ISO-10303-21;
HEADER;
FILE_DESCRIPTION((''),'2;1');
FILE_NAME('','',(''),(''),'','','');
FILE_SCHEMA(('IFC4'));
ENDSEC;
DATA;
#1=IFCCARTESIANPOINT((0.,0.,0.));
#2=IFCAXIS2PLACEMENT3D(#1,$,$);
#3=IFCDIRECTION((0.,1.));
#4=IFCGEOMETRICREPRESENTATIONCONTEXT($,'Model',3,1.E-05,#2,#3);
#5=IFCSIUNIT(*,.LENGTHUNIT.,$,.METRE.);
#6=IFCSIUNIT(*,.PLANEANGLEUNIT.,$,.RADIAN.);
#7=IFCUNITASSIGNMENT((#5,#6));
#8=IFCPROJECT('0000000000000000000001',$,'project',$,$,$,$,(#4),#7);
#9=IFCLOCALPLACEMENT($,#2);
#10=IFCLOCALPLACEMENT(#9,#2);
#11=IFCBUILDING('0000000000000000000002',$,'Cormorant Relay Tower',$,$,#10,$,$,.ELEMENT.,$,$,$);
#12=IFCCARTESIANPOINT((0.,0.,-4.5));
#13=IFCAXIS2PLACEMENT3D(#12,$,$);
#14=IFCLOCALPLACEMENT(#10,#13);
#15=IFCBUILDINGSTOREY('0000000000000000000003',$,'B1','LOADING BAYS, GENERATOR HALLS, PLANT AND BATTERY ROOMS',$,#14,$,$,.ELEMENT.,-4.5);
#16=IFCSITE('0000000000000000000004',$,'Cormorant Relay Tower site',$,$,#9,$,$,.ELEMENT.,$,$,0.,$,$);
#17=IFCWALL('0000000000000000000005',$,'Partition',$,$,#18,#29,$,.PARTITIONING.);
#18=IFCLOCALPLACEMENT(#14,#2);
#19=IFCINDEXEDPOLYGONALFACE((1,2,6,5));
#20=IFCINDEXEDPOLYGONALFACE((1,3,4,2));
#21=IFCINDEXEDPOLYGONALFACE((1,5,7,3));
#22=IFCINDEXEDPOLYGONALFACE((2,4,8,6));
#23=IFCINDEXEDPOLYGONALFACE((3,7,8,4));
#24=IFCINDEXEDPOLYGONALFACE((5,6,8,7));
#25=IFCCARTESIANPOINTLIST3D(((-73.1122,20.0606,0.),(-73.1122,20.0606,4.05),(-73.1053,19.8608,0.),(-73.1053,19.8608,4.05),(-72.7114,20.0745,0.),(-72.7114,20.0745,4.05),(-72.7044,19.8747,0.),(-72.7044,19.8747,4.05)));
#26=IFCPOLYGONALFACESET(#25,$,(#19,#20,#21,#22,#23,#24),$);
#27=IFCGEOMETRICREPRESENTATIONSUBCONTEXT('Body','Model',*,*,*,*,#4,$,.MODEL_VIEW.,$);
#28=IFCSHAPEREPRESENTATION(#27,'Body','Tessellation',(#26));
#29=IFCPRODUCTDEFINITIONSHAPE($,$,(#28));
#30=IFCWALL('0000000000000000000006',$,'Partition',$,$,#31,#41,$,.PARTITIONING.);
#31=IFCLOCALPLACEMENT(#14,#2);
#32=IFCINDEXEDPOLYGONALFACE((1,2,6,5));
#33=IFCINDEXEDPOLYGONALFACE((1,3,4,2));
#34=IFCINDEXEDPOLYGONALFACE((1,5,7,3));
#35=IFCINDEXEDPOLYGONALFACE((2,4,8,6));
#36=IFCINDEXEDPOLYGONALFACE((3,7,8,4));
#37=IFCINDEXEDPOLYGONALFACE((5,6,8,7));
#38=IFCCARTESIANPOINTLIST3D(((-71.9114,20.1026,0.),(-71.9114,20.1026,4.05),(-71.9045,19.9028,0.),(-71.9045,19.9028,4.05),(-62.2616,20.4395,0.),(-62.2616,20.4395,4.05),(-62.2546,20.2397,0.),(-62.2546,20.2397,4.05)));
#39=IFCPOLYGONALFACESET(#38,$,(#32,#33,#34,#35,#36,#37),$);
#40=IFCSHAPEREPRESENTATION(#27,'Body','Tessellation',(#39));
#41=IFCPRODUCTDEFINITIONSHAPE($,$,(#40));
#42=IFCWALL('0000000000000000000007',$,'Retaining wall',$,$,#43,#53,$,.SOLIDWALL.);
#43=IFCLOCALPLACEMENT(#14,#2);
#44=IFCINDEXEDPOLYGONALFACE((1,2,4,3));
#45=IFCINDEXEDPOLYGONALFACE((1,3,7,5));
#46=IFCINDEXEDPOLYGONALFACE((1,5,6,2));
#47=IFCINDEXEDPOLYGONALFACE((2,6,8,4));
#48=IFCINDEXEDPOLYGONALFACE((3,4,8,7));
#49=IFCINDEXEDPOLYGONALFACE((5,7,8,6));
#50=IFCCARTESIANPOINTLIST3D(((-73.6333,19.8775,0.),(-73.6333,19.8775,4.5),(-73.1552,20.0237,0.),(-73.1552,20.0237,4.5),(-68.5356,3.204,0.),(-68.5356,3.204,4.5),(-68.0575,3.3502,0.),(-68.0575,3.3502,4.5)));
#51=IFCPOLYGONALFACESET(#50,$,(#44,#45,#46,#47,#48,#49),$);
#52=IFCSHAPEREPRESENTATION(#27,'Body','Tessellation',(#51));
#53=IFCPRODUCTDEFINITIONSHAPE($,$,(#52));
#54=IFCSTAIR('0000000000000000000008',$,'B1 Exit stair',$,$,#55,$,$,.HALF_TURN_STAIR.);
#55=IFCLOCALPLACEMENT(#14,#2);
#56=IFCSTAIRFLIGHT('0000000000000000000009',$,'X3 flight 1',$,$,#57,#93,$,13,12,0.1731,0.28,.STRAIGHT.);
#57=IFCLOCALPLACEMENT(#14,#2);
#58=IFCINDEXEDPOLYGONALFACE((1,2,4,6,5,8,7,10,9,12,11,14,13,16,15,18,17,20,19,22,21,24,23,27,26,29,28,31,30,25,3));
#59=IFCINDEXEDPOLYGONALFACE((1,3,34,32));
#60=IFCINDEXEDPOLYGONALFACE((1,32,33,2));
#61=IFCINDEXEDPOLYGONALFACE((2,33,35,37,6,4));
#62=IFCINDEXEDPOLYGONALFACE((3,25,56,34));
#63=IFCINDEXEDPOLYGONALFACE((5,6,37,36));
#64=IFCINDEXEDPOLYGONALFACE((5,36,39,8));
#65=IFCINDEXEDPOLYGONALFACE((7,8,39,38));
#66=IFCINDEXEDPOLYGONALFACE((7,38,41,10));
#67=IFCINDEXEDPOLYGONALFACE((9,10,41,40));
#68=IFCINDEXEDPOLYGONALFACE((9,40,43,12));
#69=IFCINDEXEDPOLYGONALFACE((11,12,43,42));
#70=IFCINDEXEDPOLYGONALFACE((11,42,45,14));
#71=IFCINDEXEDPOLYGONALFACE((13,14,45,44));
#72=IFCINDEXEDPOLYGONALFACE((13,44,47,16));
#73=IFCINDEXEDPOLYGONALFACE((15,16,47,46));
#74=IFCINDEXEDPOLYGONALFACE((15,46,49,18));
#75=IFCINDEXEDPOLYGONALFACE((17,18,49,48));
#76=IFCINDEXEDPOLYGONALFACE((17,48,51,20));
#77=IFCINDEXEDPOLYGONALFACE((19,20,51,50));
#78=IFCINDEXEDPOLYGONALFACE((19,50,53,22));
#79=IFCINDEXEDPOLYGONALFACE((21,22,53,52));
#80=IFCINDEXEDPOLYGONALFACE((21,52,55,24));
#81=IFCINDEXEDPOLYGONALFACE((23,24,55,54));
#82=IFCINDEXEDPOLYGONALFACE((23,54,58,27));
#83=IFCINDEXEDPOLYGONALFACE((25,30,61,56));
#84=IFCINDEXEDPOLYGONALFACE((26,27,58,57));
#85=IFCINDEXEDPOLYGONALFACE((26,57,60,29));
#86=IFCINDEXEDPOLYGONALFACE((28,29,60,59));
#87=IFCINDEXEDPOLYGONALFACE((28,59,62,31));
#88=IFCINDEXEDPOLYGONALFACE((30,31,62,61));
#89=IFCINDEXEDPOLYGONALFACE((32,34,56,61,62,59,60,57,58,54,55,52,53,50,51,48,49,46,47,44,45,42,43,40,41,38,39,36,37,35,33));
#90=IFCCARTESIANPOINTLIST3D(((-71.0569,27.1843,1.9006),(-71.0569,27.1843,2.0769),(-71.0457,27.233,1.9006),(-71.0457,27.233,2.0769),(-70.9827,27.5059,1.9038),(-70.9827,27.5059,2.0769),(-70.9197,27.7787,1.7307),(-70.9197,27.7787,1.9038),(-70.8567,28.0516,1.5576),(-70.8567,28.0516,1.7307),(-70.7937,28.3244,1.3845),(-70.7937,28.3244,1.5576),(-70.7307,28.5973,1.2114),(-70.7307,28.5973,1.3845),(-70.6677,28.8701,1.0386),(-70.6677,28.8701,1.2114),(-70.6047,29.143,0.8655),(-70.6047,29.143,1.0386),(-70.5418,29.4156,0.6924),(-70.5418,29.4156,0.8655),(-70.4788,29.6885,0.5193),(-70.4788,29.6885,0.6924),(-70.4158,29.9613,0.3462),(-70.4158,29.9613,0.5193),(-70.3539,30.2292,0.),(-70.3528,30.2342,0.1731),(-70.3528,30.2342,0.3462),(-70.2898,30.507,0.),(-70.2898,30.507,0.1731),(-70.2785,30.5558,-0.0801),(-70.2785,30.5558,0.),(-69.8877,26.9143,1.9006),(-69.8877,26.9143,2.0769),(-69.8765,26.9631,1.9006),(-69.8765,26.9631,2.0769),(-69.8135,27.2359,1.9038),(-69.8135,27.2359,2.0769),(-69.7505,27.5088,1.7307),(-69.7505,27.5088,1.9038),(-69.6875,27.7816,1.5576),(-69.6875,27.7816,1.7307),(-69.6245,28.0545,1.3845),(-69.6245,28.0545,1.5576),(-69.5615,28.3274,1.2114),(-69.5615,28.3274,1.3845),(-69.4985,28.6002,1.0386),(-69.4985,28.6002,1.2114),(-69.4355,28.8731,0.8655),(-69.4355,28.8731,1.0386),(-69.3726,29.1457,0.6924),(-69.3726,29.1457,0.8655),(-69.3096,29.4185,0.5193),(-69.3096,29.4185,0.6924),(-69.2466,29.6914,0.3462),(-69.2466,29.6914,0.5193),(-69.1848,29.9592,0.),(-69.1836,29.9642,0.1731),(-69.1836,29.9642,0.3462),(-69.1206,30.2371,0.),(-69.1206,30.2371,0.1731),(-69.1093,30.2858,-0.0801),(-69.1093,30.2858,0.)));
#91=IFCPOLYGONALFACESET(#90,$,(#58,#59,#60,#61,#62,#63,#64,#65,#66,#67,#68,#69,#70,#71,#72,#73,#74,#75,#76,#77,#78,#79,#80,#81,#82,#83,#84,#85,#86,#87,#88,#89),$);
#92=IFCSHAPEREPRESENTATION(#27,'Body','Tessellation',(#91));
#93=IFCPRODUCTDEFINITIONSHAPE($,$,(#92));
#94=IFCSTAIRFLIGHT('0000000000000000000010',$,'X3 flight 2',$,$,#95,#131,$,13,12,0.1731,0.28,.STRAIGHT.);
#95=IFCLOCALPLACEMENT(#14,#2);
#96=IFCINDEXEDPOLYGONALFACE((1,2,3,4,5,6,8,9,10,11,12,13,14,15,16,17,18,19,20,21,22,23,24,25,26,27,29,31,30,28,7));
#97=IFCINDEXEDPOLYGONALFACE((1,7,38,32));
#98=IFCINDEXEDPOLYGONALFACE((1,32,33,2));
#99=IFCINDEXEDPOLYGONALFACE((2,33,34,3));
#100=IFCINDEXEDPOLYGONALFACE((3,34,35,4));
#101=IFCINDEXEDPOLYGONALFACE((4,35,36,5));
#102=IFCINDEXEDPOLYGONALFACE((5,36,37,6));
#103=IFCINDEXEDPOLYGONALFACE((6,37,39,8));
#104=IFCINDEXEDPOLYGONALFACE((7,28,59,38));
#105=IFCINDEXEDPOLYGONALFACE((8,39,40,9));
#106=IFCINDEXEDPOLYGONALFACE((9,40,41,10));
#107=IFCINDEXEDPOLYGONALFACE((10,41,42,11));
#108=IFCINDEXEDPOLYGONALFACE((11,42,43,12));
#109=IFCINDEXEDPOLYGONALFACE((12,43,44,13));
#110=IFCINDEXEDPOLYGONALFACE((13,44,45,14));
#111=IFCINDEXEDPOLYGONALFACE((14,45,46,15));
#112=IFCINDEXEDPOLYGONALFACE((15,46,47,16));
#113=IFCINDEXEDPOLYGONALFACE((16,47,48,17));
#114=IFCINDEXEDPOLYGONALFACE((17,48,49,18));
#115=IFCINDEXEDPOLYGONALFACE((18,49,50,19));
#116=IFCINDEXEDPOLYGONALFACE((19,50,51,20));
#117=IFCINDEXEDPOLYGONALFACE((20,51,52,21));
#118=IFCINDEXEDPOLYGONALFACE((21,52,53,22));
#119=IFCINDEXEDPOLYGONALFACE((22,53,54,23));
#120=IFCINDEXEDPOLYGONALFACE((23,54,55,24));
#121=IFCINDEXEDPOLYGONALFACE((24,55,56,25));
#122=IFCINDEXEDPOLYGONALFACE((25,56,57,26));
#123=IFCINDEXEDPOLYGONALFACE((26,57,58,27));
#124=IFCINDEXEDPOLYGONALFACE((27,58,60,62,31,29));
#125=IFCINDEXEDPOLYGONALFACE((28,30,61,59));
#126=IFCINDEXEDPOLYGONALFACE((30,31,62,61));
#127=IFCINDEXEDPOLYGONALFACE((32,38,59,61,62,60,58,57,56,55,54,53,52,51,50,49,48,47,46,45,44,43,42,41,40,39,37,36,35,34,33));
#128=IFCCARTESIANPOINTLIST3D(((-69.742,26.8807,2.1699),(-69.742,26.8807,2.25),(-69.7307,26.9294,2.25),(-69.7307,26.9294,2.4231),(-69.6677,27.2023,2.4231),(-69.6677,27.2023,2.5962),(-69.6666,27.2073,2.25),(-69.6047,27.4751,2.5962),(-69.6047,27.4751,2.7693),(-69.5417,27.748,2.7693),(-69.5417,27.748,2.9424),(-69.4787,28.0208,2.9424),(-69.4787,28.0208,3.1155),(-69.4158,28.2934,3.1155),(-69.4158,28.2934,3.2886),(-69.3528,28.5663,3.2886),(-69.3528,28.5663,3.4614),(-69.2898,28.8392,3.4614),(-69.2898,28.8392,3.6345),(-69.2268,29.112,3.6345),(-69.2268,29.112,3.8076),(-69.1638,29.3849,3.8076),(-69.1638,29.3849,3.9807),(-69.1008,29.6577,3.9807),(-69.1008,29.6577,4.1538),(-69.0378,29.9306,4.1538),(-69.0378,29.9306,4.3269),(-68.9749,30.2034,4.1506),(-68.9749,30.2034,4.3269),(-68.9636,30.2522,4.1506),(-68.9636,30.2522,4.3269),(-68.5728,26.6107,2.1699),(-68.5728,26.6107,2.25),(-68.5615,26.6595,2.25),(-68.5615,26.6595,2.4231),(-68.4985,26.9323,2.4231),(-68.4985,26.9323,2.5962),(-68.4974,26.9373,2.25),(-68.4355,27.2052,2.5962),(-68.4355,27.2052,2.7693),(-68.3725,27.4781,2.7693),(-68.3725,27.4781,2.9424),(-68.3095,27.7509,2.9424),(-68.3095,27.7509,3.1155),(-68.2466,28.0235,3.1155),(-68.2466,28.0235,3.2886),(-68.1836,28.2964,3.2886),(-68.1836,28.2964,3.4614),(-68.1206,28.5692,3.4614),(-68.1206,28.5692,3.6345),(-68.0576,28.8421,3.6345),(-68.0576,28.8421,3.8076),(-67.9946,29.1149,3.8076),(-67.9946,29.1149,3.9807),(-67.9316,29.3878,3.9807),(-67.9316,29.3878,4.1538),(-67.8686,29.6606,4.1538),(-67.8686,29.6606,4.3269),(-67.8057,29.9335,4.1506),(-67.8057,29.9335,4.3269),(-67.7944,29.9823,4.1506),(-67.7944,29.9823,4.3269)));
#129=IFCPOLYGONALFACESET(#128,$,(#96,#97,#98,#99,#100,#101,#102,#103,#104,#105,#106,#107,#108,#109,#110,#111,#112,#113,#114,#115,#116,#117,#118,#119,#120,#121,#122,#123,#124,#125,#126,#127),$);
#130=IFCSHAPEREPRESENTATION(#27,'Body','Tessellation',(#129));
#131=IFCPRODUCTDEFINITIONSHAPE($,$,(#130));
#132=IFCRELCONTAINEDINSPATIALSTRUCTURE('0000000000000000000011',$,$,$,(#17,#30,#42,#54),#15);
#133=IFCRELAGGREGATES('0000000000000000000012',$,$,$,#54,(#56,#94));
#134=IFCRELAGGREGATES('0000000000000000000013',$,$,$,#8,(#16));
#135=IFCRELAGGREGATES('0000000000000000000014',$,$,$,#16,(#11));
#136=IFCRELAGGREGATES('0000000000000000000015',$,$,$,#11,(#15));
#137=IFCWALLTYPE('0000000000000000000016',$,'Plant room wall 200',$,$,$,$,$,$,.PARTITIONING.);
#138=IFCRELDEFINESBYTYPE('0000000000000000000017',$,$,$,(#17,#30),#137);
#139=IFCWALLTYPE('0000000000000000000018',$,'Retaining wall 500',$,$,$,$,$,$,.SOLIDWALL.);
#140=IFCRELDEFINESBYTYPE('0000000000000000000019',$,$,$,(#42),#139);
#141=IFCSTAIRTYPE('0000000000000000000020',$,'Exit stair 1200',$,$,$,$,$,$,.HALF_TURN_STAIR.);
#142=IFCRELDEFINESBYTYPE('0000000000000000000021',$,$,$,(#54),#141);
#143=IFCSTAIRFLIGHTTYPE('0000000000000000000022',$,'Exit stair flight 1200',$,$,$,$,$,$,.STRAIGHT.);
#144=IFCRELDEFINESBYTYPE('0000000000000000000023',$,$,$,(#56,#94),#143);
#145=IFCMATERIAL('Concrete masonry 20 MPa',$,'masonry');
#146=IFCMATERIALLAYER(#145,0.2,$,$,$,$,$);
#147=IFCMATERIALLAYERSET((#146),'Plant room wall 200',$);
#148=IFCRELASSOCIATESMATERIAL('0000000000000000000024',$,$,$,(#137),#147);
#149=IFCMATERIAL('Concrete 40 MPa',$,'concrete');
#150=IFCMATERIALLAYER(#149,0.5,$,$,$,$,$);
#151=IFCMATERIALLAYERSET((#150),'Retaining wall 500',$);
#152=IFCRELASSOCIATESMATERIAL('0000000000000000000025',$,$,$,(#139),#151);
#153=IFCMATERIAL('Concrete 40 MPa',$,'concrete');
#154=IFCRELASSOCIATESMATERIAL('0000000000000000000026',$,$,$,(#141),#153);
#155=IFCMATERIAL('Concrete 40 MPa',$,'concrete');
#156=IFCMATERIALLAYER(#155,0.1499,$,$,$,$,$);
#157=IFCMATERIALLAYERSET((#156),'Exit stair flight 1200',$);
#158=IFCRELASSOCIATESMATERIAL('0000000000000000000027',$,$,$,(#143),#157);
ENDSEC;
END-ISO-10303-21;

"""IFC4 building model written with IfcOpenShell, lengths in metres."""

from ifc_helpers import new_model, si_unit, direction, frame, frame_2d, origin, place, context, subcontext, project, spatial, polyline, rectangle, outline, extrude, material, layer, layer_set, type_object, element, aggregate, save


model = new_model("IFC4")

# Units and contexts
model_context = context("Model", 3, precision=1e-05, world=origin(), true_north=direction((0.0, 1.0)))
body_context = subcontext(model_context, "Body", "Model", "MODEL_VIEW")
ifc_project = project(units=[si_unit("LENGTHUNIT", "METRE"), si_unit("PLANEANGLEUNIT", "RADIAN")], contexts=[model_context])

# Site, building, storey
site_placement = place(None, origin())
site = spatial("IfcSite", under=ifc_project, at=site_placement, Name="Cormorant Relay Tower site", CompositionType="ELEMENT", RefElevation=0.0)
building_placement = place(site_placement, origin())
building = spatial("IfcBuilding", under=site, at=building_placement, Name="Cormorant Relay Tower", CompositionType="ELEMENT")
storey_placement = place(building_placement, frame((0.0, 0.0, -4.5)))
storey = spatial("IfcBuildingStorey", under=building, at=storey_placement, Name="B1", Description="LOADING BAYS, GENERATOR HALLS, PLANT AND BATTERY ROOMS", CompositionType="ELEMENT", Elevation=-4.5)

# Walls
ifc_material_1 = material(Name="Concrete masonry 20 MPa", Category="masonry")
ifc_layer_1 = layer(ifc_material_1, 0.2)
ifc_layer_set_1 = layer_set([ifc_layer_1], Name="Plant room wall 200")
wall_type_1 = type_object("IfcWallType", Name="Plant room wall 200", PredefinedType="PARTITIONING", material=ifc_layer_set_1)
wall_1_placement = place(storey_placement, frame((-73.1089, 19.9607, 0.0), z_axis=(0.0, 0.0, 1.0), x_axis=(0.999398, 0.034693, 0.0)))
element("IfcWall", 1, at=wall_1_placement, inside=storey, type_object=wall_type_1, Name="Partition", PredefinedType="PARTITIONING", context=body_context, shape_type="SweptSolid", body=[
    extrude(rectangle(XDim=0.4011, YDim=0.2, at=frame_2d((0.2007, 0.0))), origin(), (0.0, 0.0, 1.0), 4.05),
])
wall_2_placement = place(storey_placement, frame((-71.908, 20.0027, 0.0), z_axis=(0.0, 0.0, 1.0), x_axis=(0.999391, 0.034892, 0.0)))
element("IfcWall", 2, at=wall_2_placement, inside=storey, type_object=wall_type_1, Name="Partition", PredefinedType="PARTITIONING", context=body_context, shape_type="SweptSolid", body=[
    extrude(rectangle(XDim=9.6558, YDim=0.2, at=frame_2d((4.8279, 0.0))), origin(), (0.0, 0.0, 1.0), 4.05),
])
ifc_material_2 = material(Name="Concrete 40 MPa", Category="concrete")
ifc_layer_2 = layer(ifc_material_2, 0.5)
ifc_layer_set_2 = layer_set([ifc_layer_2], Name="Retaining wall 500")
wall_type_2 = type_object("IfcWallType", Name="Retaining wall 500", PredefinedType="SOLIDWALL", material=ifc_layer_set_2)
wall_3_placement = place(storey_placement, frame((-73.3943, 19.9507, 0.0), z_axis=(0.0, 0.0, 1.0), x_axis=(0.292377, -0.956303, 0.0)))
element("IfcWall", 3, at=wall_3_placement, inside=storey, type_object=wall_type_2, Name="Retaining wall", PredefinedType="SOLIDWALL", context=body_context, shape_type="SweptSolid", body=[
    extrude(rectangle(XDim=17.4353, YDim=0.5, at=frame_2d((8.7178, 0.0))), origin(), (0.0, 0.0, 1.0), 4.5),
])

# Stair, stair flights
ifc_material_3 = material(Name="Concrete 40 MPa", Category="concrete")
stair_type = type_object("IfcStairType", Name="Exit stair 1200", PredefinedType="HALF_TURN_STAIR", material=ifc_material_3)
stair_placement = place(storey_placement, origin())
stair = element("IfcStair", 4, at=stair_placement, inside=storey, type_object=stair_type, Name="B1 Exit stair", PredefinedType="HALF_TURN_STAIR")
ifc_material_4 = material(Name="Concrete 40 MPa", Category="concrete")
ifc_layer_3 = layer(ifc_material_4, 0.1499)
ifc_layer_set_3 = layer_set([ifc_layer_3], Name="Exit stair flight 1200")
stair_flight_type = type_object("IfcStairFlightType", Name="Exit stair flight 1200", PredefinedType="STRAIGHT", material=ifc_layer_set_3)
stair_flight_1_placement = place(storey_placement, frame((-69.7053, 30.3721, 0.0), z_axis=(0.0, 0.0, 1.0), x_axis=(-0.224951, -0.97437, 0.0)))
stair_flight_1 = element("IfcStairFlight", 5, at=stair_flight_1_placement, type_object=stair_flight_type, Name="X3 flight 1", NumberOfRisers=13, NumberOfTreads=12, PredefinedType="STRAIGHT", RiserHeight=0.1731, TreadLength=0.28, context=body_context, shape_type="SweptSolid", body=[
    extrude(outline(polyline([(-0.05, -0.0801), (-0.05, 0.0), (0.0, 0.0), (0.0, 0.1731), (0.28, 0.1731), (0.28, 0.3462), (0.5601, 0.3462), (0.5601, 0.5193), (0.8401, 0.5193), (0.8401, 0.6924), (1.1201, 0.6924), (1.1201, 0.8655), (1.3999, 0.8655), (1.3999, 1.0386), (1.6799, 1.0386), (1.6799, 1.2114), (1.96, 1.2114), (1.96, 1.3845), (2.24, 1.3845), (2.24, 1.5576), (2.52, 1.5576), (2.52, 1.7307), (2.8, 1.7307), (2.8, 1.9038), (3.0801, 1.9038), (3.0801, 2.0769), (3.3601, 2.0769), (3.4102, 2.0769), (3.4102, 1.9006), (3.3601, 1.9006), (0.2852, 0.0), (-0.05, -0.0801)])), frame((0.0, 0.6001, 0.0), z_axis=(0.0, -1.0, 0.0), x_axis=(1.0, 0.0, 0.0)), (0.0, 0.0, 1.0), 1.2),
])
stair_flight_2_placement = place(storey_placement, frame((-69.146, 26.7944, 2.25), z_axis=(0.0, 0.0, 1.0), x_axis=(0.224951, 0.97437, 0.0)))
stair_flight_2 = element("IfcStairFlight", 6, at=stair_flight_2_placement, type_object=stair_flight_type, Name="X3 flight 2", NumberOfRisers=13, NumberOfTreads=12, PredefinedType="STRAIGHT", RiserHeight=0.1731, TreadLength=0.28, context=body_context, shape_type="SweptSolid", body=[
    extrude(outline(polyline([(-0.05, -0.0801), (-0.05, 0.0), (0.0, 0.0), (0.0, 0.1731), (0.28, 0.1731), (0.28, 0.3462), (0.5601, 0.3462), (0.5601, 0.5193), (0.8401, 0.5193), (0.8401, 0.6924), (1.1201, 0.6924), (1.1201, 0.8655), (1.3999, 0.8655), (1.3999, 1.0386), (1.6799, 1.0386), (1.6799, 1.2114), (1.96, 1.2114), (1.96, 1.3845), (2.24, 1.3845), (2.24, 1.5576), (2.52, 1.5576), (2.52, 1.7307), (2.8, 1.7307), (2.8, 1.9038), (3.0801, 1.9038), (3.0801, 2.0769), (3.3601, 2.0769), (3.4102, 2.0769), (3.4102, 1.9006), (3.3601, 1.9006), (0.2852, 0.0), (-0.05, -0.0801)])), frame((0.0, 0.6001, 0.0), z_axis=(0.0, -1.0, 0.0), x_axis=(1.0, 0.0, 0.0)), (0.0, 0.0, 1.0), 1.2),
])
aggregate(stair, [stair_flight_1, stair_flight_2])

save(model, "model.ifc")
